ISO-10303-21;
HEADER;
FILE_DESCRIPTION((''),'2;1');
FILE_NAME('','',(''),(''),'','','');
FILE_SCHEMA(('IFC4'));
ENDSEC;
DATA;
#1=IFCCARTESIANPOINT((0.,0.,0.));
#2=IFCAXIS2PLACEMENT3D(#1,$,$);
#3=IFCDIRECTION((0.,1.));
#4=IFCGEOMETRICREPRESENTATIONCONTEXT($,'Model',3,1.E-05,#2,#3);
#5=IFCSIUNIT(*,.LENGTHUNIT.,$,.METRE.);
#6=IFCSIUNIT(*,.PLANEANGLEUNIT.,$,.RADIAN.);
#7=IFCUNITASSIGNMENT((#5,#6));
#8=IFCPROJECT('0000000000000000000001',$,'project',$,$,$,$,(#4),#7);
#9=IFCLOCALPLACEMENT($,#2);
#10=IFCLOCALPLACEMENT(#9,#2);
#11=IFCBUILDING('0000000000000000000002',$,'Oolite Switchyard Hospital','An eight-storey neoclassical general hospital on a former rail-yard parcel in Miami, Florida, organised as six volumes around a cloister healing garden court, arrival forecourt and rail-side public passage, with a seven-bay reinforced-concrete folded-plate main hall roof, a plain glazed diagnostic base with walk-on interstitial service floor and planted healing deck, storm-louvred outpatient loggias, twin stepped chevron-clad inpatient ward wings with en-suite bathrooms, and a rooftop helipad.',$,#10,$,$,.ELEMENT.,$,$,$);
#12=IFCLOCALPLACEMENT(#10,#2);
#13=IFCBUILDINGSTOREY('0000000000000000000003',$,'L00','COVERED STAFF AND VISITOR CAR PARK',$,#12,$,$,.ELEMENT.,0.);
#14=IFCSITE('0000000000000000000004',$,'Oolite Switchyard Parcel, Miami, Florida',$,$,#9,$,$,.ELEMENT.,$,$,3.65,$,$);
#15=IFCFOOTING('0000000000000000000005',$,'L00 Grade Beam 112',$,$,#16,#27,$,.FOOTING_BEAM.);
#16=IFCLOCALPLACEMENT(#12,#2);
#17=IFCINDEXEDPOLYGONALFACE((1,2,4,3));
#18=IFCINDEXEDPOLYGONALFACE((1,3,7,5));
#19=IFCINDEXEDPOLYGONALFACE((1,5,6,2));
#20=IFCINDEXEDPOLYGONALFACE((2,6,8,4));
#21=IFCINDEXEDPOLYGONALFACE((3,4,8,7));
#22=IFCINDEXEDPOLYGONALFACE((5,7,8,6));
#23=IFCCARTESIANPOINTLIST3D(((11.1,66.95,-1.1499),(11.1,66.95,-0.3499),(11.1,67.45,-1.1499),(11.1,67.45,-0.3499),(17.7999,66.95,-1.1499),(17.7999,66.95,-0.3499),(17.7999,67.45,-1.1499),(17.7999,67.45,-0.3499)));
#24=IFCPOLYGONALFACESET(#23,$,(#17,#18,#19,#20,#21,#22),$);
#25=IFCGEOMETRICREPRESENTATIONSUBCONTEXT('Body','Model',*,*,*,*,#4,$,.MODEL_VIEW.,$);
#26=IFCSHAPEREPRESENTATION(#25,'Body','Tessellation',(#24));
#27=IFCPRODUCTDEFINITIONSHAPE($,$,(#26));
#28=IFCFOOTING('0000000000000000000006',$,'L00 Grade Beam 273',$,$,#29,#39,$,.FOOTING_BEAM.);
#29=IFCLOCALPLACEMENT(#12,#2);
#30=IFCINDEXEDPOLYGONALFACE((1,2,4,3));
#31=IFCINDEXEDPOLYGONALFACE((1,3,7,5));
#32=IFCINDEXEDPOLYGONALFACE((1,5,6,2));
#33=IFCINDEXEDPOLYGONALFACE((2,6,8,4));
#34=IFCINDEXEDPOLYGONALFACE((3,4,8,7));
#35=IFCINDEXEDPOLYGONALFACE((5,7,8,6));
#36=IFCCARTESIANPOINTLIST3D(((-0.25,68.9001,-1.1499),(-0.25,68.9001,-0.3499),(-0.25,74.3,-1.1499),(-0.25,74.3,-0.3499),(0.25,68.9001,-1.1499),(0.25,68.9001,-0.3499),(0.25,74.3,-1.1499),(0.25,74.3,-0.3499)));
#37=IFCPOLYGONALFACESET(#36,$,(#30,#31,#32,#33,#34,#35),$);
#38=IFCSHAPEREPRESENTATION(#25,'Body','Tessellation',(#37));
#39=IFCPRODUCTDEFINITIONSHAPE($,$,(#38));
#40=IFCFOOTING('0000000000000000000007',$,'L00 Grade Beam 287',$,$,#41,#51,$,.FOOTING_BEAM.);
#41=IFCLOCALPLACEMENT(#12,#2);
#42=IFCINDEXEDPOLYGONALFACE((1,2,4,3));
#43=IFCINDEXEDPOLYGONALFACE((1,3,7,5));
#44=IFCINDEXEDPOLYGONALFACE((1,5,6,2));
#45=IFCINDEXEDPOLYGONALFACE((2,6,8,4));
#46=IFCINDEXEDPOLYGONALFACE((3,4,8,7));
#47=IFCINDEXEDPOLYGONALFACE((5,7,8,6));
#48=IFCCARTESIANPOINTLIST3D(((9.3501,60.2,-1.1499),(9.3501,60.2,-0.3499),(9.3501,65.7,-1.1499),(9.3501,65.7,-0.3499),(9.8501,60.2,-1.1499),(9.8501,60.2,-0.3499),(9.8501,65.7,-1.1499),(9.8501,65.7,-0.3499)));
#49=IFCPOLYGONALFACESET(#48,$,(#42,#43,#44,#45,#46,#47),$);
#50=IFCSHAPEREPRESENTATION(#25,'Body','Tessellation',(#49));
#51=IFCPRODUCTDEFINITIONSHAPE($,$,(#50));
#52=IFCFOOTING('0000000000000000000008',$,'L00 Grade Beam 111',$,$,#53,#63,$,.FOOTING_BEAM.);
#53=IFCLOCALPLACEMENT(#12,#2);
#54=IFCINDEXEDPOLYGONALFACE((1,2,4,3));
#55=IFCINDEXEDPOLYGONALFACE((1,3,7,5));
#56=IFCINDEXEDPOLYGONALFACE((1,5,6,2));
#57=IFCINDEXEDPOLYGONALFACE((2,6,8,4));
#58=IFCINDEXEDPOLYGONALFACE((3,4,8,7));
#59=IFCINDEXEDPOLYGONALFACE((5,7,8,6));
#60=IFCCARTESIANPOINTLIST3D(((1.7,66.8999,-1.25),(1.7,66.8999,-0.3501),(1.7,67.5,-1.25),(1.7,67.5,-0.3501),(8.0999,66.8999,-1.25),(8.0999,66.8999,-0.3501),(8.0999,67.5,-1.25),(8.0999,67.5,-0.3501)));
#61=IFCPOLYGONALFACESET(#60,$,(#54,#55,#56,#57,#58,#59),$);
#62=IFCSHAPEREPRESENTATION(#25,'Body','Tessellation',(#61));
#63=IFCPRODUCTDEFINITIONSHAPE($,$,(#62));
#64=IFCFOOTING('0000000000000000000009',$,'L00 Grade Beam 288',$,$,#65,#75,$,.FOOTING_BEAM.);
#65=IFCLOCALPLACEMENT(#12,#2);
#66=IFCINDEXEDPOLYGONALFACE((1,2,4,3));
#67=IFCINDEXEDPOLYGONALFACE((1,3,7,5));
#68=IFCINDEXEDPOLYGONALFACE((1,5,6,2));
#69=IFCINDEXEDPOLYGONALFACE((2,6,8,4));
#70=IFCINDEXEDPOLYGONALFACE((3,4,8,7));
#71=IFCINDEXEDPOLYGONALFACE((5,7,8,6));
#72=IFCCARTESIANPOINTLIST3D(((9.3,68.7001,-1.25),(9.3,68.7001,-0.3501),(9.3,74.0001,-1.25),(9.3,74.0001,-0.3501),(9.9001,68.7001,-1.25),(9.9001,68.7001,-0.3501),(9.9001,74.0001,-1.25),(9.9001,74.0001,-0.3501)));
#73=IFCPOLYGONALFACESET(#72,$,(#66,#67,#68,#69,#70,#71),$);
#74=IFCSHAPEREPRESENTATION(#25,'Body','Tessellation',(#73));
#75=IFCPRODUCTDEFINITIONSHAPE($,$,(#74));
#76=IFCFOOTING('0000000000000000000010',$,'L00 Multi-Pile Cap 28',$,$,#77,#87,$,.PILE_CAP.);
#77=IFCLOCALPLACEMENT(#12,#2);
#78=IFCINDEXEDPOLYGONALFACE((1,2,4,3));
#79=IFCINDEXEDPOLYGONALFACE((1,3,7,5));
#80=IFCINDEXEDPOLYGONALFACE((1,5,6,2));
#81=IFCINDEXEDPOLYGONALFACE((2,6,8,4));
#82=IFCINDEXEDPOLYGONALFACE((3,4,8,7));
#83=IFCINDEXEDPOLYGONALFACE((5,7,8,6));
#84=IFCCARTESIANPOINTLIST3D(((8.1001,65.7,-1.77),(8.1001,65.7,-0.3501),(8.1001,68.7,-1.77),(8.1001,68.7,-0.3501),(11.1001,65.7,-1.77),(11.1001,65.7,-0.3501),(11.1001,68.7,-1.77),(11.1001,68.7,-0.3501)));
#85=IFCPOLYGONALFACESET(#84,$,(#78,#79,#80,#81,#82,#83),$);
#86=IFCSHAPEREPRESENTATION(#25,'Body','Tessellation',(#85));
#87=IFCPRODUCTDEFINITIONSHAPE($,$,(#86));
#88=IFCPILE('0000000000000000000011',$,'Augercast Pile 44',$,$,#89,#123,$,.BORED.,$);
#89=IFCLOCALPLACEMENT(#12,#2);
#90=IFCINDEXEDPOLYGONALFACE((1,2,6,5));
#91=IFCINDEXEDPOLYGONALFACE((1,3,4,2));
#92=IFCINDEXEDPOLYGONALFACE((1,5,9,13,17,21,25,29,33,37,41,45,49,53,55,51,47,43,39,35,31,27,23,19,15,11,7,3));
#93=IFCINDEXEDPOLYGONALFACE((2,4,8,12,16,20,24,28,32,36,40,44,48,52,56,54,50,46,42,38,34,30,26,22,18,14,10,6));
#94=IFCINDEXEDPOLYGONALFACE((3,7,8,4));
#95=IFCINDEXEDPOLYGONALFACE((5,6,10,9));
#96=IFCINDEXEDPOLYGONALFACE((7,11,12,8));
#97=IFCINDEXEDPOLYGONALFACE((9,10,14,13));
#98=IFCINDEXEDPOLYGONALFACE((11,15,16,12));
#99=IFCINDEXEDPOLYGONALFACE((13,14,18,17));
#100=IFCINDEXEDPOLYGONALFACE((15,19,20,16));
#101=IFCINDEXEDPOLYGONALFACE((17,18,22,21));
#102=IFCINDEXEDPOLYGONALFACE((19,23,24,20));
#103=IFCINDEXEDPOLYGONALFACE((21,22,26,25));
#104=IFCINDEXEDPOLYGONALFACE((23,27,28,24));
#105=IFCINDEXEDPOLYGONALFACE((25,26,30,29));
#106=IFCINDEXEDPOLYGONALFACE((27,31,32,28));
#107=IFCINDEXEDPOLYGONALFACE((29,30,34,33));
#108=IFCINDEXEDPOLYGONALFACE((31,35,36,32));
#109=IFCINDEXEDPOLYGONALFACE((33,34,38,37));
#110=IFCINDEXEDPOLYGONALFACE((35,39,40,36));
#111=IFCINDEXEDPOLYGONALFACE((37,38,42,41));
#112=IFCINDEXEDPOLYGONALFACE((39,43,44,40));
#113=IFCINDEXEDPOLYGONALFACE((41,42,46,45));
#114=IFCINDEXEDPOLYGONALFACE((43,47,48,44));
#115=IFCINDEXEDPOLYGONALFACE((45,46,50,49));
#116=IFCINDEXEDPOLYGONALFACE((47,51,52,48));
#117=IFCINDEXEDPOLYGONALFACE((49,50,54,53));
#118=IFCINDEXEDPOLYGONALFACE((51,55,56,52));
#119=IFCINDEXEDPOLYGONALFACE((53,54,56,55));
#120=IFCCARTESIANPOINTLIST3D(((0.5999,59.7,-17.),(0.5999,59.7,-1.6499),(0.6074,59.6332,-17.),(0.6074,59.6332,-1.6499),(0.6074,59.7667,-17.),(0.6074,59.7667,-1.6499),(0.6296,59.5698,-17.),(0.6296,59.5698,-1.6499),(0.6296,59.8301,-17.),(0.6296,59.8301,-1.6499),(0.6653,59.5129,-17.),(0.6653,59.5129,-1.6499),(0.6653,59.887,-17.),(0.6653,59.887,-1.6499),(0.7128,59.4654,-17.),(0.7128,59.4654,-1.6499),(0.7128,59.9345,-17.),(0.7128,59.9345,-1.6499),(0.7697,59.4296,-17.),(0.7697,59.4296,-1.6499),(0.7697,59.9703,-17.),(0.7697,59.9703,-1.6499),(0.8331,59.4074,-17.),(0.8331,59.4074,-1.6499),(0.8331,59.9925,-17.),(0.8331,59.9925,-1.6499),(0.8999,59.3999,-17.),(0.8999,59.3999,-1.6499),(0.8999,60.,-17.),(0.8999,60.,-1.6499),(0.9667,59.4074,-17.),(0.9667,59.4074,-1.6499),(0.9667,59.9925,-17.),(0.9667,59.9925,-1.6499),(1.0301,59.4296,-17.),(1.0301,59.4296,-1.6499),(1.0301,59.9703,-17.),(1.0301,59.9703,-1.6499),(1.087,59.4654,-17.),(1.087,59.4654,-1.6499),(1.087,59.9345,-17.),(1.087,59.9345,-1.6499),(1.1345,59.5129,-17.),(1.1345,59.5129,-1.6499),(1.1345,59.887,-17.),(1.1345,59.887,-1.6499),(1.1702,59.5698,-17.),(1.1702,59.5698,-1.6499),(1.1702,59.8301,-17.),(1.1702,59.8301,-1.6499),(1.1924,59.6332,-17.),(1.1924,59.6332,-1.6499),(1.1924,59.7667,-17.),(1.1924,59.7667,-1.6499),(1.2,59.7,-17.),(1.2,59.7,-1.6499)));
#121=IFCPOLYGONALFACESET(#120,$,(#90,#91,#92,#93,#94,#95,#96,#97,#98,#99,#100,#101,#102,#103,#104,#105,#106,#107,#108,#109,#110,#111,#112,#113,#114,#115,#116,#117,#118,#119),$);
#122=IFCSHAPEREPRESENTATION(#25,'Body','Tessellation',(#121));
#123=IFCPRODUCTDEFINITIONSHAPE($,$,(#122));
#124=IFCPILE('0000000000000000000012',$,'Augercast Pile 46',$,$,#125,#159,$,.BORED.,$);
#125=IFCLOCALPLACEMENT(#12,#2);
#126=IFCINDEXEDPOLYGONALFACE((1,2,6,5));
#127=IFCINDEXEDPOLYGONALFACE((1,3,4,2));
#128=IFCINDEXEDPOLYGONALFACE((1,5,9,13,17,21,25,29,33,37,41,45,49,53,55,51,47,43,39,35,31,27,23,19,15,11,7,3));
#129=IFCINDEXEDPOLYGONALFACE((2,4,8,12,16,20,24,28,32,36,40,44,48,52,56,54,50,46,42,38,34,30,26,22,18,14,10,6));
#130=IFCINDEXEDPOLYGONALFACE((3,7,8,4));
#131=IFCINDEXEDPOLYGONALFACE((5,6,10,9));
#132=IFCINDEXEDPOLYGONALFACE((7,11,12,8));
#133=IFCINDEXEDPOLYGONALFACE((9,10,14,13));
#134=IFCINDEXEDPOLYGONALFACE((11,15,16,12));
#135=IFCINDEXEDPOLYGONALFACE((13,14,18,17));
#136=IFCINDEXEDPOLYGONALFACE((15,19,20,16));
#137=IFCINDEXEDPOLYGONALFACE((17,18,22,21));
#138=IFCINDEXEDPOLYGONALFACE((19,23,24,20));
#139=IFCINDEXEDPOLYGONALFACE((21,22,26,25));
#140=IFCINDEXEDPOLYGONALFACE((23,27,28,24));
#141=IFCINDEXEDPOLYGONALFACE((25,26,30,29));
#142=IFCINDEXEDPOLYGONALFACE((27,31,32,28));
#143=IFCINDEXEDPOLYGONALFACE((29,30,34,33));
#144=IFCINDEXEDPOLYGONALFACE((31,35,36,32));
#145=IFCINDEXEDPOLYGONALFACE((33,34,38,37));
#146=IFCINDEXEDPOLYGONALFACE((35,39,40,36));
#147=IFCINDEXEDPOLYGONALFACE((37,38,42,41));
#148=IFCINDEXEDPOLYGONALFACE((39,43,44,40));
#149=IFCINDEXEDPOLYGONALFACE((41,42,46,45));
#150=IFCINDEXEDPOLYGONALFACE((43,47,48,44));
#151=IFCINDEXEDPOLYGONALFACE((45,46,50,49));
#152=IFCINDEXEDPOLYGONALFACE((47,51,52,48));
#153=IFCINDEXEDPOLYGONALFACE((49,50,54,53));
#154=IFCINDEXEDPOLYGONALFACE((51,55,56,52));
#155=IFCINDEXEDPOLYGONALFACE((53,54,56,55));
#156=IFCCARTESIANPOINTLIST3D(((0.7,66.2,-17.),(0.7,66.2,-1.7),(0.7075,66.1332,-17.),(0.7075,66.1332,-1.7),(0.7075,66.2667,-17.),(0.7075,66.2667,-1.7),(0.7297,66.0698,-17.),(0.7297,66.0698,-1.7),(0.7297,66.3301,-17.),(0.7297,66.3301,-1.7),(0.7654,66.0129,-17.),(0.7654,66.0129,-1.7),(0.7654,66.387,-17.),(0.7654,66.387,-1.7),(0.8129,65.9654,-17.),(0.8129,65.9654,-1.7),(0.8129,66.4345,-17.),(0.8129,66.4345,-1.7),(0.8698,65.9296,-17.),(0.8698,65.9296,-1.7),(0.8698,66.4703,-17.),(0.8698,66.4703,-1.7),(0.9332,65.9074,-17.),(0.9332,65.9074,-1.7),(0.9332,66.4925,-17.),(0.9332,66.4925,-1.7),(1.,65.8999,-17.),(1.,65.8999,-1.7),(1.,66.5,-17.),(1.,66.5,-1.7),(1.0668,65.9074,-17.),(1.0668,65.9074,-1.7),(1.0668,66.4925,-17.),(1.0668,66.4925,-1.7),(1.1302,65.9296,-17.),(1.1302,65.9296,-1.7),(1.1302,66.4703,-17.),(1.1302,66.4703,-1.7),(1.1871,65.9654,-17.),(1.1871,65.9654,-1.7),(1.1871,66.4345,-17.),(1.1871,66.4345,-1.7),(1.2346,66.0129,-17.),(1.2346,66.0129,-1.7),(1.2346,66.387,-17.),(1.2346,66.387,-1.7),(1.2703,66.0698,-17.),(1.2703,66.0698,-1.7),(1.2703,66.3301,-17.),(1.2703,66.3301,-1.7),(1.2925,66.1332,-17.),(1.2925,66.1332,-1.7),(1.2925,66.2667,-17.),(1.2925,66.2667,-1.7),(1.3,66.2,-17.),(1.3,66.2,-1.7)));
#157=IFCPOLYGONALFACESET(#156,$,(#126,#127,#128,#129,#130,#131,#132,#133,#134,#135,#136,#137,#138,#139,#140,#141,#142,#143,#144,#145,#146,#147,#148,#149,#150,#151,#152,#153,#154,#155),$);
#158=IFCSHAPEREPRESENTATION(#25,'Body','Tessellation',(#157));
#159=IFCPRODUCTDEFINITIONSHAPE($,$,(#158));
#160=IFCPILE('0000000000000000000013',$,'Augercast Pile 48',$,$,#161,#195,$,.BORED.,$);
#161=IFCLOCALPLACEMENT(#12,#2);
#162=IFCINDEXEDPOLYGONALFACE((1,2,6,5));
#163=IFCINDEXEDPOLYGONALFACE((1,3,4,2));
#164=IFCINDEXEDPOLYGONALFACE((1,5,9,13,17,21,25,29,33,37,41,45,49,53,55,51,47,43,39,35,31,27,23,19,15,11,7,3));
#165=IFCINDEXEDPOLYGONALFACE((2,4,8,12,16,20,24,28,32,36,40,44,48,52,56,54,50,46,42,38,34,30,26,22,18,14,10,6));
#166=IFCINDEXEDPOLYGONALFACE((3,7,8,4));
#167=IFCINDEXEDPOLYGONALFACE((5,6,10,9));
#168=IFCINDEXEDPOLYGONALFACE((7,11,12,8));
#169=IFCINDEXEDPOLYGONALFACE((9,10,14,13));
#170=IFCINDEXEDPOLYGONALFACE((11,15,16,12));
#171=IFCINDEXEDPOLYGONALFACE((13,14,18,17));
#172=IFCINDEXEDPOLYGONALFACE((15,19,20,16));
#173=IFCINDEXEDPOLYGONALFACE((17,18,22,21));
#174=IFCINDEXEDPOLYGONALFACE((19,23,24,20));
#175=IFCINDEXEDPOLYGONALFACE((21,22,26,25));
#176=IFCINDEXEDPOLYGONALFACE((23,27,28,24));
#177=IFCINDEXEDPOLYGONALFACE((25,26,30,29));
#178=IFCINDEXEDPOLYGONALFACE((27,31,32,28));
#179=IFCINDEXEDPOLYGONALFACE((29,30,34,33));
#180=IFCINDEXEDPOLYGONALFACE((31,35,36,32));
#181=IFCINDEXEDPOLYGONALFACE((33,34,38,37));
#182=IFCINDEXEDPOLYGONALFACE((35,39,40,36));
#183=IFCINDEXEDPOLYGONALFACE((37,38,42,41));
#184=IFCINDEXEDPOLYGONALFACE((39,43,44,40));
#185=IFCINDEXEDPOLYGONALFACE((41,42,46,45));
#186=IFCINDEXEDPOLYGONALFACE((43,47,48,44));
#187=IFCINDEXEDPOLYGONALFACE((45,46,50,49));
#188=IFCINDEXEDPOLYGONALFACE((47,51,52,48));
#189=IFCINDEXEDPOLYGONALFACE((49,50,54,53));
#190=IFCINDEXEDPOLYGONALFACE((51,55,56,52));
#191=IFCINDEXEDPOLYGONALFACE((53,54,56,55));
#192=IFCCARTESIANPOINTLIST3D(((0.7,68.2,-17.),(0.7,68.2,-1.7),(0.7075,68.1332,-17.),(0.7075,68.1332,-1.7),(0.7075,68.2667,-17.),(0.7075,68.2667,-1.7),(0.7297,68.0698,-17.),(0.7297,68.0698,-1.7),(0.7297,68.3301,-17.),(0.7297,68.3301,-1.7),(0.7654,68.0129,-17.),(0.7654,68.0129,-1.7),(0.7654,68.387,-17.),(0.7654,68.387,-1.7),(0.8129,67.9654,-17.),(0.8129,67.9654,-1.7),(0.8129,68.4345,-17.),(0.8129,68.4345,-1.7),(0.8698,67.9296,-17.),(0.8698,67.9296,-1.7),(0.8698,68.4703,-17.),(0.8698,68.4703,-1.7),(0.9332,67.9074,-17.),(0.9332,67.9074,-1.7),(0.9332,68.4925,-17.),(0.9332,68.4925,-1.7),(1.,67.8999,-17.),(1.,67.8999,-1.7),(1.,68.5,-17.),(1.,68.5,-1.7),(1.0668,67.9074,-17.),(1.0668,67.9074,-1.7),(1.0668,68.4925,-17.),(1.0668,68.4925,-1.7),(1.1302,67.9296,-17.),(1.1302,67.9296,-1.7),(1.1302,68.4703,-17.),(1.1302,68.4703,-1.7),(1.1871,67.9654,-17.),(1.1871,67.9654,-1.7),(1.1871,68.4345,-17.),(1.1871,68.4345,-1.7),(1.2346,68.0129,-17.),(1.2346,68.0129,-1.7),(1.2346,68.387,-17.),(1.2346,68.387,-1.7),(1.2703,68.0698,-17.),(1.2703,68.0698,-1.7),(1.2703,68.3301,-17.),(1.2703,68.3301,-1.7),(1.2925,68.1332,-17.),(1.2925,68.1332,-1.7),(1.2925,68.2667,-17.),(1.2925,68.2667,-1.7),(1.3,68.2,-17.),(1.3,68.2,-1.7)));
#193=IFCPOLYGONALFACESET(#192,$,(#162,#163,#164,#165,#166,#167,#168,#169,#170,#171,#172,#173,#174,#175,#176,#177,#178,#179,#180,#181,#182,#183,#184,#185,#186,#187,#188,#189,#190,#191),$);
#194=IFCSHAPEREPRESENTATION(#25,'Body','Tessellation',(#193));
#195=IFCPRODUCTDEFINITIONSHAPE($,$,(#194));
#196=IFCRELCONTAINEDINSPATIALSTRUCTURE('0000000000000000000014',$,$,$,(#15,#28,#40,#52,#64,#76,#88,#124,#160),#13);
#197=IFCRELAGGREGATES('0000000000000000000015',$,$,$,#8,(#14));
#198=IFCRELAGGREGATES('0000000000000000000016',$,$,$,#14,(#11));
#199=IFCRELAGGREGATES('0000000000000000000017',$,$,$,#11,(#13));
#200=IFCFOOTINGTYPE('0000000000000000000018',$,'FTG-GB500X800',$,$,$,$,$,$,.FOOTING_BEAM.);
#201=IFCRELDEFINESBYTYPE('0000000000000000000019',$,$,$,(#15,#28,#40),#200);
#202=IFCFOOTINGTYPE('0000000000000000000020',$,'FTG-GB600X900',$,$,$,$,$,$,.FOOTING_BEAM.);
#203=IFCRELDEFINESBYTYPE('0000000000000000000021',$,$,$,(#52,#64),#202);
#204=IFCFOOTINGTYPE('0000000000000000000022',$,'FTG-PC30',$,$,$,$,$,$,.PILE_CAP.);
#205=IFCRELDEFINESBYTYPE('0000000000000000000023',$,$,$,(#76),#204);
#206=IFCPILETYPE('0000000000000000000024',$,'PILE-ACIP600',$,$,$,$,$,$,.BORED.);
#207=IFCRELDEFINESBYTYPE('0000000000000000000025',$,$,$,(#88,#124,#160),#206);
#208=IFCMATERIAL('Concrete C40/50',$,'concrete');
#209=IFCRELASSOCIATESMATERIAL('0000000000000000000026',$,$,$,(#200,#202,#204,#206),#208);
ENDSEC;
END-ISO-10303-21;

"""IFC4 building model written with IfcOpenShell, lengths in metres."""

from ifc_helpers import new_model, si_unit, direction, frame, origin, origin_2d, place, context, subcontext, project, spatial, rectangle, circle, extrude, material, material_profile, profile_set, type_object, element, save


model = new_model("IFC4")

# Units and contexts
model_context = context("Model", 3, precision=1e-05, world=origin(), true_north=direction((0.0, 1.0)))
body_context = subcontext(model_context, "Body", "Model", "MODEL_VIEW")
ifc_project = project(units=[si_unit("LENGTHUNIT", "METRE"), si_unit("PLANEANGLEUNIT", "RADIAN")], contexts=[model_context])

# Site, building, storey
site_placement = place(None, origin())
site = spatial("IfcSite", under=ifc_project, at=site_placement, Name="Oolite Switchyard Parcel, Miami, Florida", CompositionType="ELEMENT", RefElevation=3.65)
building_placement = place(site_placement, origin())
building = spatial("IfcBuilding", under=site, at=building_placement, Name="Oolite Switchyard Hospital", Description="An eight-storey neoclassical general hospital on a former rail-yard parcel in Miami, Florida, organised as six volumes around a cloister healing garden court, arrival forecourt and rail-side public passage, with a seven-bay reinforced-concrete folded-plate main hall roof, a plain glazed diagnostic base with walk-on interstitial service floor and planted healing deck, storm-louvred outpatient loggias, twin stepped chevron-clad inpatient ward wings with en-suite bathrooms, and a rooftop helipad.", CompositionType="ELEMENT")
storey_placement = place(building_placement, origin())
storey = spatial("IfcBuildingStorey", under=building, at=storey_placement, Name="L00", Description="COVERED STAFF AND VISITOR CAR PARK", CompositionType="ELEMENT", Elevation=0.0)

# Footings
ifc_material_1 = material(Name="Concrete C40/50", Category="concrete")
footing_type_1 = type_object("IfcFootingType", Name="FTG-GB500X800", PredefinedType="FOOTING_BEAM", material=ifc_material_1)
footing_1_placement = place(storey_placement, frame((14.45, 67.2, -1.1499), z_axis=(0.0, 0.0, 1.0), x_axis=(1.0, 0.0, 0.0)))
element("IfcFooting", 1, at=footing_1_placement, inside=storey, type_object=footing_type_1, Name="L00 Grade Beam 112", PredefinedType="FOOTING_BEAM", context=body_context, shape_type="SweptSolid", body=[
    extrude(rectangle(XDim=6.7, YDim=0.5, at=origin_2d()), origin(), (0.0, 0.0, 1.0), 0.8),
])
footing_2_placement = place(storey_placement, frame((0.0, 71.6001, -1.1499), z_axis=(0.0, 0.0, 1.0), x_axis=(0.0, 1.0, 0.0)))
element("IfcFooting", 2, at=footing_2_placement, inside=storey, type_object=footing_type_1, Name="L00 Grade Beam 273", PredefinedType="FOOTING_BEAM", context=body_context, shape_type="SweptSolid", body=[
    extrude(rectangle(XDim=5.3999, YDim=0.5, at=origin_2d()), origin(), (0.0, 0.0, 1.0), 0.8),
])
footing_3_placement = place(storey_placement, frame((9.6001, 62.95, -1.1499), z_axis=(0.0, 0.0, 1.0), x_axis=(0.0, 1.0, 0.0)))
element("IfcFooting", 3, at=footing_3_placement, inside=storey, type_object=footing_type_1, Name="L00 Grade Beam 287", PredefinedType="FOOTING_BEAM", context=body_context, shape_type="SweptSolid", body=[
    extrude(rectangle(XDim=5.5, YDim=0.5, at=origin_2d()), origin(), (0.0, 0.0, 1.0), 0.8),
])
footing_type_2 = type_object("IfcFootingType", Name="FTG-GB600X900", PredefinedType="FOOTING_BEAM", material=ifc_material_1)
footing_4_placement = place(storey_placement, frame((4.8999, 67.2, -1.25), z_axis=(0.0, 0.0, 1.0), x_axis=(1.0, 0.0, 0.0)))
element("IfcFooting", 4, at=footing_4_placement, inside=storey, type_object=footing_type_2, Name="L00 Grade Beam 111", PredefinedType="FOOTING_BEAM", context=body_context, shape_type="SweptSolid", body=[
    extrude(rectangle(XDim=6.3999, YDim=0.6001, at=origin_2d()), origin(), (0.0, 0.0, 1.0), 0.8999),
])
footing_5_placement = place(storey_placement, frame((9.6001, 71.3501, -1.25), z_axis=(0.0, 0.0, 1.0), x_axis=(0.0, 1.0, 0.0)))
element("IfcFooting", 5, at=footing_5_placement, inside=storey, type_object=footing_type_2, Name="L00 Grade Beam 288", PredefinedType="FOOTING_BEAM", context=body_context, shape_type="SweptSolid", body=[
    extrude(rectangle(XDim=5.3, YDim=0.6001, at=origin_2d()), origin(), (0.0, 0.0, 1.0), 0.8999),
])
footing_type_3 = type_object("IfcFootingType", Name="FTG-PC30", PredefinedType="PILE_CAP", material=ifc_material_1)
footing_6_placement = place(storey_placement, frame((9.6001, 67.2, -1.77), z_axis=(0.0, 0.0, 1.0), x_axis=(1.0, 0.0, 0.0)))
element("IfcFooting", 6, at=footing_6_placement, inside=storey, type_object=footing_type_3, Name="L00 Multi-Pile Cap 28", PredefinedType="PILE_CAP", context=body_context, shape_type="SweptSolid", body=[
    extrude(rectangle(XDim=3.0, YDim=3.0, at=origin_2d()), origin(), (0.0, 0.0, 1.0), 1.4199),
])

# Piles
ifc_material_profile_1 = material_profile(ifc_material_1, circle(Radius=0.3, at=origin_2d()), Name="PILE600")
ifc_profile_set_1 = profile_set([ifc_material_profile_1], Name="Concrete C40/50")
pile_type = type_object("IfcPileType", Name="PILE-ACIP600", PredefinedType="BORED", material=ifc_profile_set_1)
pile_placement = place(storey_placement, frame((0.8999, 59.7, -1.6499), z_axis=(0.0, 0.0, -1.0), x_axis=(1.0, 0.0, 0.0)))
element("IfcPile", 7, at=pile_placement, inside=storey, type_object=pile_type, Name="Augercast Pile 44", PredefinedType="BORED", context=body_context, shape_type="SweptSolid", body=[
    extrude(circle(Radius=0.3, at=origin_2d()), origin(), (0.0, 0.0, 1.0), 15.3501),
])
for number, where, z_axis, x_axis, name in (
    (8, (1.0, 66.2, -1.7), (0.0, 0.0, -1.0), (1.0, 0.0, 0.0), "Augercast Pile 46"),
    (9, (1.0, 68.2, -1.7), (0.0, 0.0, -1.0), (1.0, 0.0, 0.0), "Augercast Pile 48"),
):
    element("IfcPile", number, at=place(storey_placement, frame(where, z_axis=z_axis, x_axis=x_axis)), inside=storey, type_object=pile_type, Name=name, PredefinedType="BORED", context=body_context, shape_type="SweptSolid", body=[
        extrude(circle(Radius=0.3, at=origin_2d()), origin(), (0.0, 0.0, 1.0), 15.3),
    ])

save(model, "model.ifc")
